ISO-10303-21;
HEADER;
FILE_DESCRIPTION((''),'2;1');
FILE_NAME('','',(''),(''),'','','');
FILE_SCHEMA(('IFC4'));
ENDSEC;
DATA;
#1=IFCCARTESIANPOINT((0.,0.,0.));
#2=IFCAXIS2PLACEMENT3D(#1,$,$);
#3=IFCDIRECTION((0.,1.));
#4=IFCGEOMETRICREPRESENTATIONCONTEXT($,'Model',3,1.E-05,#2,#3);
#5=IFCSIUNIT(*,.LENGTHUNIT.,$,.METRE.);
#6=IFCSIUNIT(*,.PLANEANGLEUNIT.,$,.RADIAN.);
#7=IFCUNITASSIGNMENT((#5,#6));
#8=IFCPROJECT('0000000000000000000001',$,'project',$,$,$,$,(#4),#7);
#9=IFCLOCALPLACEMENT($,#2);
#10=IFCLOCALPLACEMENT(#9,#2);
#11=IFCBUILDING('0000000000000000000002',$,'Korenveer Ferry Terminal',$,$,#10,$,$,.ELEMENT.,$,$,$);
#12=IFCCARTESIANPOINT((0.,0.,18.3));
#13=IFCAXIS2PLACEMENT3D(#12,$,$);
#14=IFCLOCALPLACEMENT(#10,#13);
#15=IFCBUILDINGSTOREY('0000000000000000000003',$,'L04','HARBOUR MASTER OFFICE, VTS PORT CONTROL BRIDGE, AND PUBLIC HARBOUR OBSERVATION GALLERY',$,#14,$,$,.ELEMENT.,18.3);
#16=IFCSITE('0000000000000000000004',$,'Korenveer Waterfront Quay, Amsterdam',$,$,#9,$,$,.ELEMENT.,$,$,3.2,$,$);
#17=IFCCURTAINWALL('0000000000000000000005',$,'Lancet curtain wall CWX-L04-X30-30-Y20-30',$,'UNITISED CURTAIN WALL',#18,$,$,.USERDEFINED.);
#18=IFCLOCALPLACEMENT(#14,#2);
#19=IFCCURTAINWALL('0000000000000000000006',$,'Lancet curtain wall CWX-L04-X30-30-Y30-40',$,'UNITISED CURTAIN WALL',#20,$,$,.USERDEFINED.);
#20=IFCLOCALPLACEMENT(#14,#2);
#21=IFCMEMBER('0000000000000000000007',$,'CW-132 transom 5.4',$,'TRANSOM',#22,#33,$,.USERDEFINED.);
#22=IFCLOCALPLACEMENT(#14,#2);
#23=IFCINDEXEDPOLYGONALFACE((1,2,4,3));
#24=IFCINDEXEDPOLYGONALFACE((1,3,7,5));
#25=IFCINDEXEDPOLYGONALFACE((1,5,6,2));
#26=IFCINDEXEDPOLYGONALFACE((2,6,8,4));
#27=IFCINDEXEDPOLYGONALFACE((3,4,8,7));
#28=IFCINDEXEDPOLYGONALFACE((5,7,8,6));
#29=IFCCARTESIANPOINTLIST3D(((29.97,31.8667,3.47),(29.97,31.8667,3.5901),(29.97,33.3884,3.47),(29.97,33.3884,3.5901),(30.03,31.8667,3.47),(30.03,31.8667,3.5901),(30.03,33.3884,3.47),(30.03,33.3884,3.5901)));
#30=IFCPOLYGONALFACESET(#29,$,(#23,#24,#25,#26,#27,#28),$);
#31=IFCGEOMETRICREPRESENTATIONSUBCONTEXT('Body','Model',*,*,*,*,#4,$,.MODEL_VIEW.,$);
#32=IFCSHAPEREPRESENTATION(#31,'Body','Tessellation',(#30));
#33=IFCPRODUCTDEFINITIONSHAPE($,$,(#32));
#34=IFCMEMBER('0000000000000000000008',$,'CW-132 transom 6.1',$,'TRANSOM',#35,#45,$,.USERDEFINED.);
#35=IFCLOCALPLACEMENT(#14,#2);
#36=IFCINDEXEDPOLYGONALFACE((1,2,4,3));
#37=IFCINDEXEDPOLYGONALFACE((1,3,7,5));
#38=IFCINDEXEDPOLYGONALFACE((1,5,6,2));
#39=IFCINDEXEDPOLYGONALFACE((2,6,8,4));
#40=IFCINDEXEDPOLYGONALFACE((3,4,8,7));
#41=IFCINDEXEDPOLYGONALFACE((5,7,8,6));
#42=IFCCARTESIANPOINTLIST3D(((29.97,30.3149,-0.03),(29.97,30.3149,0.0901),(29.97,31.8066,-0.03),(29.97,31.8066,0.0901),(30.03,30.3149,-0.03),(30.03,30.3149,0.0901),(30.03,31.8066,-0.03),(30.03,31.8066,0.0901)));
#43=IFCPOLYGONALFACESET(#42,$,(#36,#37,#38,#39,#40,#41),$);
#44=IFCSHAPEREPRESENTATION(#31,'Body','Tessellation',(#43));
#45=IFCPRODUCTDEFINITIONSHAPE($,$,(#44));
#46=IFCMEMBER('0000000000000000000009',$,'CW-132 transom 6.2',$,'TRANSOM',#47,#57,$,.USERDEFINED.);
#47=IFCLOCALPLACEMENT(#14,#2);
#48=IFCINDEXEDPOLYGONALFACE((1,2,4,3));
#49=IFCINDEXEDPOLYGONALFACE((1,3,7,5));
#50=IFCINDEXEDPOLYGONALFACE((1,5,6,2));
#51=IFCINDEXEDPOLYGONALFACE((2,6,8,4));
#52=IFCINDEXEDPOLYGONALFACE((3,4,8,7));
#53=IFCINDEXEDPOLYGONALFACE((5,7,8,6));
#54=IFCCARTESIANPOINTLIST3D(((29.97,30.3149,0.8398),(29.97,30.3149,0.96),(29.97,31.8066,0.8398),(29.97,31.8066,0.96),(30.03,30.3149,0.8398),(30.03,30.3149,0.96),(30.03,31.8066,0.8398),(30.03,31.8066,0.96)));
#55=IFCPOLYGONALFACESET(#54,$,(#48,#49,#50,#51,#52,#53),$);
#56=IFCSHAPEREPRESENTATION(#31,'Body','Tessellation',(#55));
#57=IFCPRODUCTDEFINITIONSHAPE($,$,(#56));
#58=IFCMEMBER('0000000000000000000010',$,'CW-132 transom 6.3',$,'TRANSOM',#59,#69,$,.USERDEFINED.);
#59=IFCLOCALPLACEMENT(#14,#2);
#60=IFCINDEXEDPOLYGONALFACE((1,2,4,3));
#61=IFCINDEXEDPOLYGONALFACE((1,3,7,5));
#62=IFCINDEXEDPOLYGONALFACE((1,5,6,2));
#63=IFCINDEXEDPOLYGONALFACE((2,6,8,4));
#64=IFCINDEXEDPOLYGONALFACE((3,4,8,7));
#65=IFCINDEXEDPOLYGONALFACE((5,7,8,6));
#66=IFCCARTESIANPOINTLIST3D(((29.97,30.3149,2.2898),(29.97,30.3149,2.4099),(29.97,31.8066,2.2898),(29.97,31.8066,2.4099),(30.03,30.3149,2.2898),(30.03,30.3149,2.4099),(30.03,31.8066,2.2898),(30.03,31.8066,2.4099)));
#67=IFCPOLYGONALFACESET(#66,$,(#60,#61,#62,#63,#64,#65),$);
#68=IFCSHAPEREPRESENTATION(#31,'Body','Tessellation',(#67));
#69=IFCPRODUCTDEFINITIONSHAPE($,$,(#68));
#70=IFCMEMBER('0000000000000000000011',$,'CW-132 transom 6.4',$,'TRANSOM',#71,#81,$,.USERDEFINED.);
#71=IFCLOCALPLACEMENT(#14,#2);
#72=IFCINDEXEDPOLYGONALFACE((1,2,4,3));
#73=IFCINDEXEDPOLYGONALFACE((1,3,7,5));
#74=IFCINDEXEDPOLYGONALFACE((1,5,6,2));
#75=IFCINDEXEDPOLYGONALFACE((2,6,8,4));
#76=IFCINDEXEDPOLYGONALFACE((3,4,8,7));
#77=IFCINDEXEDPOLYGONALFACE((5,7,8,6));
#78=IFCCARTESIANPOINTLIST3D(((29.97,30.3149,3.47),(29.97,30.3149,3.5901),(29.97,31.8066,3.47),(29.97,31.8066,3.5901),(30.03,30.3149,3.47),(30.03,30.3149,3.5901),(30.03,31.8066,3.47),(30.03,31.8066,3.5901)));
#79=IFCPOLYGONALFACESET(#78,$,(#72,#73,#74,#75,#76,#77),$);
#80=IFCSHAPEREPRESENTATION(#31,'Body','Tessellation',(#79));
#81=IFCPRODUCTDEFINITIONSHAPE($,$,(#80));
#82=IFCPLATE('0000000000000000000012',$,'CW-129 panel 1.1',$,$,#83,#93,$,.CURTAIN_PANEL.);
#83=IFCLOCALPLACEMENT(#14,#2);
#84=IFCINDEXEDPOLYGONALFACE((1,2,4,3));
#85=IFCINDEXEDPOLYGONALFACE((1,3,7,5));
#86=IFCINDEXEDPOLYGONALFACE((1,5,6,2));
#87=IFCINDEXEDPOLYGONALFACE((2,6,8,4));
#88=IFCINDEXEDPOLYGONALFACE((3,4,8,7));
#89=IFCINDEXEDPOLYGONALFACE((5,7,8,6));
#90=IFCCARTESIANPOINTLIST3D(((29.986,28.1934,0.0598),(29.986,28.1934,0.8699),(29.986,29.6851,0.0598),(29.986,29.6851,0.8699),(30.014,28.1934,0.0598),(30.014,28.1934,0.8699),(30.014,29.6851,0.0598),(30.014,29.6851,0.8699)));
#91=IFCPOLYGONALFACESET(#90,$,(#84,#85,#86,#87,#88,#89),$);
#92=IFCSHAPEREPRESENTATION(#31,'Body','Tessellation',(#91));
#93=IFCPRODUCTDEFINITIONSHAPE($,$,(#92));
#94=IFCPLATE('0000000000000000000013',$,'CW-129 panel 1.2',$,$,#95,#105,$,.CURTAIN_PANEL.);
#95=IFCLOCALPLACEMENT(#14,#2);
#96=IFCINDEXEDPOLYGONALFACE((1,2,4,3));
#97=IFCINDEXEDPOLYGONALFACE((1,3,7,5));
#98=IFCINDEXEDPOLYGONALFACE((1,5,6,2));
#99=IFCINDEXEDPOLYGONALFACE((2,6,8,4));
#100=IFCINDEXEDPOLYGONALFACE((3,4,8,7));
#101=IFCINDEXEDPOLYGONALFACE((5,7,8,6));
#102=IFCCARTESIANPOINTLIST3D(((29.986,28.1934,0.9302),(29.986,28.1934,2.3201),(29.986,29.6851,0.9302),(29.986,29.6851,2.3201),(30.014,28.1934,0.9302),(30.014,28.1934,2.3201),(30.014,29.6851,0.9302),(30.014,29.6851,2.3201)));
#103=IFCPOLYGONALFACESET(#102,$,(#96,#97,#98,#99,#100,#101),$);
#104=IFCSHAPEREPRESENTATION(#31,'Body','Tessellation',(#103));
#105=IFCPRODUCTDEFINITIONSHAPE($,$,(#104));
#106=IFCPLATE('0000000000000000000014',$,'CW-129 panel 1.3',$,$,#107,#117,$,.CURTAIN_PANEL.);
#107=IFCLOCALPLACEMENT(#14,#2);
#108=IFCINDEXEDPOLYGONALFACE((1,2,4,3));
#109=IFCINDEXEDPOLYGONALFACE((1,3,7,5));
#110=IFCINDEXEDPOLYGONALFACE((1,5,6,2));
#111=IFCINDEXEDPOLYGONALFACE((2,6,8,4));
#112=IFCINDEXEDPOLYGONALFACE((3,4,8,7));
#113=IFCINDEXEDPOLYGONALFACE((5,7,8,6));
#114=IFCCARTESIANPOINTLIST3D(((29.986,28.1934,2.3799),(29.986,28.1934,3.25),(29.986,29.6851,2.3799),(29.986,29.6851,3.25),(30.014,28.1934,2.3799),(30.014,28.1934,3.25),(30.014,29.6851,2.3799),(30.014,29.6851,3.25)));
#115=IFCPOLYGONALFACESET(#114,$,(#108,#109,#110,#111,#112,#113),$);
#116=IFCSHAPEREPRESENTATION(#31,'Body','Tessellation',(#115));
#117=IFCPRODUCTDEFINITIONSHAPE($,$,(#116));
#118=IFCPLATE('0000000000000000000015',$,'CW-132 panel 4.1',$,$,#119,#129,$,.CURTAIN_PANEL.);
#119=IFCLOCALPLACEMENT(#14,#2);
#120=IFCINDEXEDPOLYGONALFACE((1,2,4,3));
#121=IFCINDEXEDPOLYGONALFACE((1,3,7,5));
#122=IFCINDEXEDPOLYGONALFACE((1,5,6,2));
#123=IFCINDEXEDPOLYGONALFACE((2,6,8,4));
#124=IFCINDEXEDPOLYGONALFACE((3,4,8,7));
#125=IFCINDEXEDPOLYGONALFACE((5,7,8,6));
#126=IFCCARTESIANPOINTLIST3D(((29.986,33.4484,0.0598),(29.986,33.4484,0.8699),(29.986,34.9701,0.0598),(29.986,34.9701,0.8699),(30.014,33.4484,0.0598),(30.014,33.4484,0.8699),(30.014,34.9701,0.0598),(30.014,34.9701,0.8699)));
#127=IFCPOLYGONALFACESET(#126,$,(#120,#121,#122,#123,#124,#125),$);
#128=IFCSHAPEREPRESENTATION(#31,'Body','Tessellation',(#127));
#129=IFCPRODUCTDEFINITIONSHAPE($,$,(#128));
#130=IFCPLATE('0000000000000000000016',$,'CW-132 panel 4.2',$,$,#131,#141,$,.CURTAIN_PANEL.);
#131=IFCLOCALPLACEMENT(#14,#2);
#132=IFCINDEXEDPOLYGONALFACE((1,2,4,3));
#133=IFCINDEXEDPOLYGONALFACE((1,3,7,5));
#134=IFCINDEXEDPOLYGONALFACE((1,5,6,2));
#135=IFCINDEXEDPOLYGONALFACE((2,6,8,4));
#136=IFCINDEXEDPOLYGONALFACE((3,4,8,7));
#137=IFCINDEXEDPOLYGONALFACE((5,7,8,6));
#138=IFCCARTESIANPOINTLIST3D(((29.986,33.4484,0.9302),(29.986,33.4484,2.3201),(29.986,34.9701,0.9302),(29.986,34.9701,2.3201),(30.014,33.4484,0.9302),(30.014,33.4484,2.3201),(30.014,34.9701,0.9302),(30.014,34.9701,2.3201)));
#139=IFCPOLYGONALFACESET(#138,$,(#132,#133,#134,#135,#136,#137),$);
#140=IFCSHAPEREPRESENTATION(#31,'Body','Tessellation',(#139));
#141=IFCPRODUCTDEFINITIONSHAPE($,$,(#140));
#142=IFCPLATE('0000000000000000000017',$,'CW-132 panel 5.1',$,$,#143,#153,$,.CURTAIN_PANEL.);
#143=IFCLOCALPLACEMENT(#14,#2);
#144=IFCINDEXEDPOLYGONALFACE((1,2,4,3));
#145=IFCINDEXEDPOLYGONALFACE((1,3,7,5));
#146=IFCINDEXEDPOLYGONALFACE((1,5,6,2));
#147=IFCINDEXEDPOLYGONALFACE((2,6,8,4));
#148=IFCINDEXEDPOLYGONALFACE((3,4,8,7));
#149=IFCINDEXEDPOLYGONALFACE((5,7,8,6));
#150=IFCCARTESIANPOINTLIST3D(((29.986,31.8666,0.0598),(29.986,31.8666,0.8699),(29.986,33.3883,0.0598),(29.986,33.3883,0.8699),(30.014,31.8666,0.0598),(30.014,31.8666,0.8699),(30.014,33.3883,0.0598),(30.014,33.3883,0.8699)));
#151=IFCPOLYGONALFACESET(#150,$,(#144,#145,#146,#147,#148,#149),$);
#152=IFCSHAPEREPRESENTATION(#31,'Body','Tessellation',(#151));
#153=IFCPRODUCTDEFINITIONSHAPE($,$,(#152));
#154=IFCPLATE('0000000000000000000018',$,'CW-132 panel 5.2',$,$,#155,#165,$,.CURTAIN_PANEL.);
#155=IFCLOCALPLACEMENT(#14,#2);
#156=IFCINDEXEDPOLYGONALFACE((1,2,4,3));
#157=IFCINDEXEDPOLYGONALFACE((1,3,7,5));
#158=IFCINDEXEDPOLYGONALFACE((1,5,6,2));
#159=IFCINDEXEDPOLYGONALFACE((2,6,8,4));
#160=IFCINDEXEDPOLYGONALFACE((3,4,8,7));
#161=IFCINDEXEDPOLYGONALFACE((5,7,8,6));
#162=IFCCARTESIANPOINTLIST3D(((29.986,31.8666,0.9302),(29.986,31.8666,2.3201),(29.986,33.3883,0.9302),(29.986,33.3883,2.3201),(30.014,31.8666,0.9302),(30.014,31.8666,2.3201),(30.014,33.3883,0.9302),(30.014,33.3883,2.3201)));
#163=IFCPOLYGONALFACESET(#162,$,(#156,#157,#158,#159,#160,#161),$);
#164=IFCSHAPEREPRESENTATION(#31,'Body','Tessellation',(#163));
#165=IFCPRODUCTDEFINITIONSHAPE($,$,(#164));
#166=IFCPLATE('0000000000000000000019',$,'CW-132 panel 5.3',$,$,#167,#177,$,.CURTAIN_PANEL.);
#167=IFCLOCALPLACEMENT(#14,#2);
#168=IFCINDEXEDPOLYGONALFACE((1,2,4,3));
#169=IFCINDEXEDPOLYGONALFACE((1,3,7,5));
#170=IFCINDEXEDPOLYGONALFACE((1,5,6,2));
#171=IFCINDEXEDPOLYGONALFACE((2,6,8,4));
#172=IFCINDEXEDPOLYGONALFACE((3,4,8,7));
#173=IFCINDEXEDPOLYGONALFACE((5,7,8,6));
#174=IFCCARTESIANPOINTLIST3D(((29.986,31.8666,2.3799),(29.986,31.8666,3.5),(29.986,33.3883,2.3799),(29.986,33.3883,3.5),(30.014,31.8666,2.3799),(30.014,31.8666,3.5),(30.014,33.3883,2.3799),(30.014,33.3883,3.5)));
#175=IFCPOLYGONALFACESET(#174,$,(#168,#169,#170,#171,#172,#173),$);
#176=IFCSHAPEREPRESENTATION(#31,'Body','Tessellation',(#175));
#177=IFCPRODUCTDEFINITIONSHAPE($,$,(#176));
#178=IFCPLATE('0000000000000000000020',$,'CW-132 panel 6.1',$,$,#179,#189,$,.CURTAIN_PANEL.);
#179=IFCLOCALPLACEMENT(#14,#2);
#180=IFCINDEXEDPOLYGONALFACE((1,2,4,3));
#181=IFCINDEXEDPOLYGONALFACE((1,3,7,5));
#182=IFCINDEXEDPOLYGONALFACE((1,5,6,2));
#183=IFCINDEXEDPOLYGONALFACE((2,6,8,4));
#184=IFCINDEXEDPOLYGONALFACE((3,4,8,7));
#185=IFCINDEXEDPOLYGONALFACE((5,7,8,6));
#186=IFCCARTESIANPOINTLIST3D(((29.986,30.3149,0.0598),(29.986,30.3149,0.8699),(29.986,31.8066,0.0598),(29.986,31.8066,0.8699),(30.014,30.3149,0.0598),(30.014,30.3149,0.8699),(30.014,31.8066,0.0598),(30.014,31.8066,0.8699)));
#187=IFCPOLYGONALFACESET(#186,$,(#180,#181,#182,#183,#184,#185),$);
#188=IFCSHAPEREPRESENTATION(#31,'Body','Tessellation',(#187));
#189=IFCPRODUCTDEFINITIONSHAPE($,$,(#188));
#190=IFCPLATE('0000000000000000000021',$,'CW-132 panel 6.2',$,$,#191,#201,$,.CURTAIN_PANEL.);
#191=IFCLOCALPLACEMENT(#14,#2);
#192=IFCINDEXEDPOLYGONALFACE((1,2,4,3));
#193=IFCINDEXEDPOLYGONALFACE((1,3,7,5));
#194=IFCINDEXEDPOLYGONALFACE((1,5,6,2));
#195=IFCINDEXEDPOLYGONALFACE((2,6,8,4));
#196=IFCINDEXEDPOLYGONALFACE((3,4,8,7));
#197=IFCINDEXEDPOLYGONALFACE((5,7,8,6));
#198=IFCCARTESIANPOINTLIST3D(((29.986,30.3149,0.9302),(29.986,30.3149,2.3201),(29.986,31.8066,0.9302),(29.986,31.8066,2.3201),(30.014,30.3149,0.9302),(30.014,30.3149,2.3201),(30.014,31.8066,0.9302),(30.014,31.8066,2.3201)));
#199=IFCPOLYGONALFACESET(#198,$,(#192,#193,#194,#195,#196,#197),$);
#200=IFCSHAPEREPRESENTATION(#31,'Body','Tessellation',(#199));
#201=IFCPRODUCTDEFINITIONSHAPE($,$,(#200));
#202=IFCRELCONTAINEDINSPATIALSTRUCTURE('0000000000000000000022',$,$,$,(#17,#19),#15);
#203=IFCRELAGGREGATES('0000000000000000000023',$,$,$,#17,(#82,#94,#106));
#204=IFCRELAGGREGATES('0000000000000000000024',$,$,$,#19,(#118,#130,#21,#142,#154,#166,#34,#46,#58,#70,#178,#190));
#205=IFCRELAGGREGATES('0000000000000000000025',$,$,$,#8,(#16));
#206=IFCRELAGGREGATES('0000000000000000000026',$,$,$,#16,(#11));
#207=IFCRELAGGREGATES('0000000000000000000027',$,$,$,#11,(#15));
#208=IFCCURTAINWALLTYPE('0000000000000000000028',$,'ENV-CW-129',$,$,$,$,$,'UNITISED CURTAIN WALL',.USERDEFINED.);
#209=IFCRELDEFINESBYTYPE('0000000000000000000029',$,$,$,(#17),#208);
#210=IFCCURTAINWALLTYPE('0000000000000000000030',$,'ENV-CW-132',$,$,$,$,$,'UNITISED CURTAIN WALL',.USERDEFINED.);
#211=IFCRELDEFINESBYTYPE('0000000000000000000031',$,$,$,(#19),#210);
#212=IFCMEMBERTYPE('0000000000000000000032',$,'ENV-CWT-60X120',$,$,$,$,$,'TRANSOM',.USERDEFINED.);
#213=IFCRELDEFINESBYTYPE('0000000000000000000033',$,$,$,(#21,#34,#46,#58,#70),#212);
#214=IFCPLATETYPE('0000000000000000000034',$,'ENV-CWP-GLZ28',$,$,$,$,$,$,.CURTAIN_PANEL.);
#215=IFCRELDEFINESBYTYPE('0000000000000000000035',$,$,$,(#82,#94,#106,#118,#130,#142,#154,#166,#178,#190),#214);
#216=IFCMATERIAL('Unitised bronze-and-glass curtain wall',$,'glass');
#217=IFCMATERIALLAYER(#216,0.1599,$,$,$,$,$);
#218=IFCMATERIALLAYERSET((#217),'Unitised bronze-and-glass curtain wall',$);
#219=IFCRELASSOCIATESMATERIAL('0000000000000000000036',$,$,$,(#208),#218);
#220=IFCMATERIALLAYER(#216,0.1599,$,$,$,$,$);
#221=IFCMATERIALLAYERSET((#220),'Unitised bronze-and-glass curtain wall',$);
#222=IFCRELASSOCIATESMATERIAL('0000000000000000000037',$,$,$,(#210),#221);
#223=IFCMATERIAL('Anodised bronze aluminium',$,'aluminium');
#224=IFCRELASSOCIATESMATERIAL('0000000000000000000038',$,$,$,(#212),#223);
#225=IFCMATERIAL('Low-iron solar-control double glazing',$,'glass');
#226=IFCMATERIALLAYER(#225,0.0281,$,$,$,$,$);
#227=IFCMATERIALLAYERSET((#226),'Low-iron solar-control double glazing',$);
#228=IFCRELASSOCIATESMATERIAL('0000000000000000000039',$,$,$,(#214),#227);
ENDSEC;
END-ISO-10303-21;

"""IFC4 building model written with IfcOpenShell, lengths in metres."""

from ifc_helpers import new_model, si_unit, direction, frame, origin, origin_2d, place, context, subcontext, project, spatial, rectangle, extrude, material, layer, layer_set, material_profile, profile_set, type_object, element, aggregate, save


model = new_model("IFC4")

# Units and contexts
model_context = context("Model", 3, precision=1e-05, world=origin(), true_north=direction((0.0, 1.0)))
body_context = subcontext(model_context, "Body", "Model", "MODEL_VIEW")
ifc_project = project(units=[si_unit("LENGTHUNIT", "METRE"), si_unit("PLANEANGLEUNIT", "RADIAN")], contexts=[model_context])

# Site, building, storey
site_placement = place(None, origin())
site = spatial("IfcSite", under=ifc_project, at=site_placement, Name="Korenveer Waterfront Quay, Amsterdam", CompositionType="ELEMENT", RefElevation=3.2)
building_placement = place(site_placement, origin())
building = spatial("IfcBuilding", under=site, at=building_placement, Name="Korenveer Ferry Terminal", CompositionType="ELEMENT")
storey_placement = place(building_placement, frame((0.0, 0.0, 18.3)))
storey = spatial("IfcBuildingStorey", under=building, at=storey_placement, Name="L04", Description="HARBOUR MASTER OFFICE, VTS PORT CONTROL BRIDGE, AND PUBLIC HARBOUR OBSERVATION GALLERY", CompositionType="ELEMENT", Elevation=18.3)

# Curtain walls
ifc_material_1 = material(Name="Unitised bronze-and-glass curtain wall", Category="glass")
ifc_layer_1 = layer(ifc_material_1, 0.1599)
ifc_layer_set_1 = layer_set([ifc_layer_1], Name="Unitised bronze-and-glass curtain wall")
curtain_wall_type_1 = type_object("IfcCurtainWallType", Name="ENV-CW-129", ElementType="UNITISED CURTAIN WALL", PredefinedType="USERDEFINED", material=ifc_layer_set_1)
curtain_wall_1_placement = place(storey_placement, frame((30.0, 29.7451, 0.0)))
curtain_wall_1 = element("IfcCurtainWall", 1, at=curtain_wall_1_placement, inside=storey, type_object=curtain_wall_type_1, Name="Lancet curtain wall CWX-L04-X30-30-Y20-30", ObjectType="UNITISED CURTAIN WALL", PredefinedType="USERDEFINED")
ifc_material_2 = material(Name="Anodised bronze aluminium", Category="aluminium")
ifc_layer_2 = layer(ifc_material_1, 0.1599)
ifc_layer_set_2 = layer_set([ifc_layer_2], Name="Unitised bronze-and-glass curtain wall")
curtain_wall_type_2 = type_object("IfcCurtainWallType", Name="ENV-CW-132", ElementType="UNITISED CURTAIN WALL", PredefinedType="USERDEFINED", material=ifc_layer_set_2)
curtain_wall_2_placement = place(storey_placement, frame((30.0, 39.7451, 0.0)))
curtain_wall_2 = element("IfcCurtainWall", 2, at=curtain_wall_2_placement, inside=storey, type_object=curtain_wall_type_2, Name="Lancet curtain wall CWX-L04-X30-30-Y30-40", ObjectType="UNITISED CURTAIN WALL", PredefinedType="USERDEFINED")

# Members
ifc_material_profile_1 = material_profile(ifc_material_2, rectangle(XDim=0.0601, YDim=0.1201, at=origin_2d()), Name="ALU 60x120")
ifc_profile_set_1 = profile_set([ifc_material_profile_1], Name="Anodised bronze aluminium")
member_type_1 = type_object("IfcMemberType", Name="ENV-CWT-60X120", ElementType="TRANSOM", PredefinedType="USERDEFINED", material=ifc_profile_set_1)
member_1_placement = place(storey_placement, frame((30.0, 33.3884, 3.53), z_axis=(0.0, -1.0, 0.0), x_axis=(1.0, 0.0, 0.0)))
member_1 = element("IfcMember", 3, at=member_1_placement, type_object=member_type_1, Name="CW-132 transom 5.4", ObjectType="TRANSOM", PredefinedType="USERDEFINED", context=body_context, shape_type="SweptSolid", body=[
    extrude(rectangle(XDim=0.0601, YDim=0.1201, at=origin_2d()), origin(), (0.0, 0.0, 1.0), 1.5217),
])
member_2_placement = place(storey_placement, frame((30.0, 31.8066, 0.03), z_axis=(0.0, -1.0, 0.0), x_axis=(1.0, 0.0, 0.0)))
member_2 = element("IfcMember", 4, at=member_2_placement, type_object=member_type_1, Name="CW-132 transom 6.1", ObjectType="TRANSOM", PredefinedType="USERDEFINED", context=body_context, shape_type="SweptSolid", body=[
    extrude(rectangle(XDim=0.0601, YDim=0.1201, at=origin_2d()), origin(), (0.0, 0.0, 1.0), 1.4917),
])
member_3_placement = place(storey_placement, frame((30.0, 31.8066, 0.8999), z_axis=(0.0, -1.0, 0.0), x_axis=(1.0, 0.0, 0.0)))
member_3 = element("IfcMember", 5, at=member_3_placement, type_object=member_type_1, Name="CW-132 transom 6.2", ObjectType="TRANSOM", PredefinedType="USERDEFINED", context=body_context, shape_type="SweptSolid", body=[
    extrude(rectangle(XDim=0.0601, YDim=0.1201, at=origin_2d()), origin(), (0.0, 0.0, 1.0), 1.4917),
])
member_4_placement = place(storey_placement, frame((30.0, 31.8066, 2.3499), z_axis=(0.0, -1.0, 0.0), x_axis=(1.0, 0.0, 0.0)))
member_4 = element("IfcMember", 6, at=member_4_placement, type_object=member_type_1, Name="CW-132 transom 6.3", ObjectType="TRANSOM", PredefinedType="USERDEFINED", context=body_context, shape_type="SweptSolid", body=[
    extrude(rectangle(XDim=0.0601, YDim=0.1201, at=origin_2d()), origin(), (0.0, 0.0, 1.0), 1.4917),
])
member_5_placement = place(storey_placement, frame((30.0, 31.8066, 3.53), z_axis=(0.0, -1.0, 0.0), x_axis=(1.0, 0.0, 0.0)))
member_5 = element("IfcMember", 7, at=member_5_placement, type_object=member_type_1, Name="CW-132 transom 6.4", ObjectType="TRANSOM", PredefinedType="USERDEFINED", context=body_context, shape_type="SweptSolid", body=[
    extrude(rectangle(XDim=0.0601, YDim=0.1201, at=origin_2d()), origin(), (0.0, 0.0, 1.0), 1.4917),
])

# Plates
ifc_material_3 = material(Name="Low-iron solar-control double glazing", Category="glass")
ifc_layer_3 = layer(ifc_material_3, 0.0281)
ifc_layer_set_3 = layer_set([ifc_layer_3], Name="Low-iron solar-control double glazing")
plate_type = type_object("IfcPlateType", Name="ENV-CWP-GLZ28", PredefinedType="CURTAIN_PANEL", material=ifc_layer_set_3)
plate_1_placement = place(storey_placement, frame((30.0, 28.9392, 0.0598), z_axis=(0.0, 0.0, 1.0), x_axis=(0.0, -1.0, 0.0)))
plate_1 = element("IfcPlate", 8, at=plate_1_placement, type_object=plate_type, Name="CW-129 panel 1.1", PredefinedType="CURTAIN_PANEL", context=body_context, shape_type="SweptSolid", body=[
    extrude(rectangle(XDim=1.4917, YDim=0.0281, at=origin_2d()), origin(), (0.0, 0.0, 1.0), 0.8101),
])
plate_2_placement = place(storey_placement, frame((30.0, 28.9392, 0.9302), z_axis=(0.0, 0.0, 1.0), x_axis=(0.0, -1.0, 0.0)))
plate_2 = element("IfcPlate", 9, at=plate_2_placement, type_object=plate_type, Name="CW-129 panel 1.2", PredefinedType="CURTAIN_PANEL", context=body_context, shape_type="SweptSolid", body=[
    extrude(rectangle(XDim=1.4917, YDim=0.0281, at=origin_2d()), origin(), (0.0, 0.0, 1.0), 1.3899),
])
plate_3_placement = place(storey_placement, frame((30.0, 28.9392, 2.3799), z_axis=(0.0, 0.0, 1.0), x_axis=(0.0, -1.0, 0.0)))
plate_3 = element("IfcPlate", 10, at=plate_3_placement, type_object=plate_type, Name="CW-129 panel 1.3", PredefinedType="CURTAIN_PANEL", context=body_context, shape_type="SweptSolid", body=[
    extrude(rectangle(XDim=1.4917, YDim=0.0281, at=origin_2d()), origin(), (0.0, 0.0, 1.0), 0.8701),
])
aggregate(curtain_wall_1, [plate_1, plate_2, plate_3])
plate_4_placement = place(storey_placement, frame((30.0, 34.2092, 0.0598), z_axis=(0.0, 0.0, 1.0), x_axis=(0.0, -1.0, 0.0)))
plate_4 = element("IfcPlate", 11, at=plate_4_placement, type_object=plate_type, Name="CW-132 panel 4.1", PredefinedType="CURTAIN_PANEL", context=body_context, shape_type="SweptSolid", body=[
    extrude(rectangle(XDim=1.5217, YDim=0.0281, at=origin_2d()), origin(), (0.0, 0.0, 1.0), 0.8101),
])
plate_5_placement = place(storey_placement, frame((30.0, 34.2092, 0.9302), z_axis=(0.0, 0.0, 1.0), x_axis=(0.0, -1.0, 0.0)))
plate_5 = element("IfcPlate", 12, at=plate_5_placement, type_object=plate_type, Name="CW-132 panel 4.2", PredefinedType="CURTAIN_PANEL", context=body_context, shape_type="SweptSolid", body=[
    extrude(rectangle(XDim=1.5217, YDim=0.0281, at=origin_2d()), origin(), (0.0, 0.0, 1.0), 1.3899),
])
plate_6_placement = place(storey_placement, frame((30.0, 32.6274, 0.0598), z_axis=(0.0, 0.0, 1.0), x_axis=(0.0, -1.0, 0.0)))
plate_6 = element("IfcPlate", 13, at=plate_6_placement, type_object=plate_type, Name="CW-132 panel 5.1", PredefinedType="CURTAIN_PANEL", context=body_context, shape_type="SweptSolid", body=[
    extrude(rectangle(XDim=1.5217, YDim=0.0281, at=origin_2d()), origin(), (0.0, 0.0, 1.0), 0.8101),
])
plate_7_placement = place(storey_placement, frame((30.0, 32.6274, 0.9302), z_axis=(0.0, 0.0, 1.0), x_axis=(0.0, -1.0, 0.0)))
plate_7 = element("IfcPlate", 14, at=plate_7_placement, type_object=plate_type, Name="CW-132 panel 5.2", PredefinedType="CURTAIN_PANEL", context=body_context, shape_type="SweptSolid", body=[
    extrude(rectangle(XDim=1.5217, YDim=0.0281, at=origin_2d()), origin(), (0.0, 0.0, 1.0), 1.3899),
])
plate_8_placement = place(storey_placement, frame((30.0, 32.6274, 2.3799), z_axis=(0.0, 0.0, 1.0), x_axis=(0.0, -1.0, 0.0)))
plate_8 = element("IfcPlate", 15, at=plate_8_placement, type_object=plate_type, Name="CW-132 panel 5.3", PredefinedType="CURTAIN_PANEL", context=body_context, shape_type="SweptSolid", body=[
    extrude(rectangle(XDim=1.5217, YDim=0.0281, at=origin_2d()), origin(), (0.0, 0.0, 1.0), 1.1201),
])
plate_9_placement = place(storey_placement, frame((30.0, 31.0608, 0.0598), z_axis=(0.0, 0.0, 1.0), x_axis=(0.0, -1.0, 0.0)))
plate_9 = element("IfcPlate", 16, at=plate_9_placement, type_object=plate_type, Name="CW-132 panel 6.1", PredefinedType="CURTAIN_PANEL", context=body_context, shape_type="SweptSolid", body=[
    extrude(rectangle(XDim=1.4917, YDim=0.0281, at=origin_2d()), origin(), (0.0, 0.0, 1.0), 0.8101),
])
plate_10_placement = place(storey_placement, frame((30.0, 31.0608, 0.9302), z_axis=(0.0, 0.0, 1.0), x_axis=(0.0, -1.0, 0.0)))
plate_10 = element("IfcPlate", 17, at=plate_10_placement, type_object=plate_type, Name="CW-132 panel 6.2", PredefinedType="CURTAIN_PANEL", context=body_context, shape_type="SweptSolid", body=[
    extrude(rectangle(XDim=1.4917, YDim=0.0281, at=origin_2d()), origin(), (0.0, 0.0, 1.0), 1.3899),
])
aggregate(curtain_wall_2, [plate_4, plate_5, member_1, plate_6, plate_7, plate_8, member_2, member_3, member_4, member_5, plate_9, plate_10])

save(model, "model.ifc")
